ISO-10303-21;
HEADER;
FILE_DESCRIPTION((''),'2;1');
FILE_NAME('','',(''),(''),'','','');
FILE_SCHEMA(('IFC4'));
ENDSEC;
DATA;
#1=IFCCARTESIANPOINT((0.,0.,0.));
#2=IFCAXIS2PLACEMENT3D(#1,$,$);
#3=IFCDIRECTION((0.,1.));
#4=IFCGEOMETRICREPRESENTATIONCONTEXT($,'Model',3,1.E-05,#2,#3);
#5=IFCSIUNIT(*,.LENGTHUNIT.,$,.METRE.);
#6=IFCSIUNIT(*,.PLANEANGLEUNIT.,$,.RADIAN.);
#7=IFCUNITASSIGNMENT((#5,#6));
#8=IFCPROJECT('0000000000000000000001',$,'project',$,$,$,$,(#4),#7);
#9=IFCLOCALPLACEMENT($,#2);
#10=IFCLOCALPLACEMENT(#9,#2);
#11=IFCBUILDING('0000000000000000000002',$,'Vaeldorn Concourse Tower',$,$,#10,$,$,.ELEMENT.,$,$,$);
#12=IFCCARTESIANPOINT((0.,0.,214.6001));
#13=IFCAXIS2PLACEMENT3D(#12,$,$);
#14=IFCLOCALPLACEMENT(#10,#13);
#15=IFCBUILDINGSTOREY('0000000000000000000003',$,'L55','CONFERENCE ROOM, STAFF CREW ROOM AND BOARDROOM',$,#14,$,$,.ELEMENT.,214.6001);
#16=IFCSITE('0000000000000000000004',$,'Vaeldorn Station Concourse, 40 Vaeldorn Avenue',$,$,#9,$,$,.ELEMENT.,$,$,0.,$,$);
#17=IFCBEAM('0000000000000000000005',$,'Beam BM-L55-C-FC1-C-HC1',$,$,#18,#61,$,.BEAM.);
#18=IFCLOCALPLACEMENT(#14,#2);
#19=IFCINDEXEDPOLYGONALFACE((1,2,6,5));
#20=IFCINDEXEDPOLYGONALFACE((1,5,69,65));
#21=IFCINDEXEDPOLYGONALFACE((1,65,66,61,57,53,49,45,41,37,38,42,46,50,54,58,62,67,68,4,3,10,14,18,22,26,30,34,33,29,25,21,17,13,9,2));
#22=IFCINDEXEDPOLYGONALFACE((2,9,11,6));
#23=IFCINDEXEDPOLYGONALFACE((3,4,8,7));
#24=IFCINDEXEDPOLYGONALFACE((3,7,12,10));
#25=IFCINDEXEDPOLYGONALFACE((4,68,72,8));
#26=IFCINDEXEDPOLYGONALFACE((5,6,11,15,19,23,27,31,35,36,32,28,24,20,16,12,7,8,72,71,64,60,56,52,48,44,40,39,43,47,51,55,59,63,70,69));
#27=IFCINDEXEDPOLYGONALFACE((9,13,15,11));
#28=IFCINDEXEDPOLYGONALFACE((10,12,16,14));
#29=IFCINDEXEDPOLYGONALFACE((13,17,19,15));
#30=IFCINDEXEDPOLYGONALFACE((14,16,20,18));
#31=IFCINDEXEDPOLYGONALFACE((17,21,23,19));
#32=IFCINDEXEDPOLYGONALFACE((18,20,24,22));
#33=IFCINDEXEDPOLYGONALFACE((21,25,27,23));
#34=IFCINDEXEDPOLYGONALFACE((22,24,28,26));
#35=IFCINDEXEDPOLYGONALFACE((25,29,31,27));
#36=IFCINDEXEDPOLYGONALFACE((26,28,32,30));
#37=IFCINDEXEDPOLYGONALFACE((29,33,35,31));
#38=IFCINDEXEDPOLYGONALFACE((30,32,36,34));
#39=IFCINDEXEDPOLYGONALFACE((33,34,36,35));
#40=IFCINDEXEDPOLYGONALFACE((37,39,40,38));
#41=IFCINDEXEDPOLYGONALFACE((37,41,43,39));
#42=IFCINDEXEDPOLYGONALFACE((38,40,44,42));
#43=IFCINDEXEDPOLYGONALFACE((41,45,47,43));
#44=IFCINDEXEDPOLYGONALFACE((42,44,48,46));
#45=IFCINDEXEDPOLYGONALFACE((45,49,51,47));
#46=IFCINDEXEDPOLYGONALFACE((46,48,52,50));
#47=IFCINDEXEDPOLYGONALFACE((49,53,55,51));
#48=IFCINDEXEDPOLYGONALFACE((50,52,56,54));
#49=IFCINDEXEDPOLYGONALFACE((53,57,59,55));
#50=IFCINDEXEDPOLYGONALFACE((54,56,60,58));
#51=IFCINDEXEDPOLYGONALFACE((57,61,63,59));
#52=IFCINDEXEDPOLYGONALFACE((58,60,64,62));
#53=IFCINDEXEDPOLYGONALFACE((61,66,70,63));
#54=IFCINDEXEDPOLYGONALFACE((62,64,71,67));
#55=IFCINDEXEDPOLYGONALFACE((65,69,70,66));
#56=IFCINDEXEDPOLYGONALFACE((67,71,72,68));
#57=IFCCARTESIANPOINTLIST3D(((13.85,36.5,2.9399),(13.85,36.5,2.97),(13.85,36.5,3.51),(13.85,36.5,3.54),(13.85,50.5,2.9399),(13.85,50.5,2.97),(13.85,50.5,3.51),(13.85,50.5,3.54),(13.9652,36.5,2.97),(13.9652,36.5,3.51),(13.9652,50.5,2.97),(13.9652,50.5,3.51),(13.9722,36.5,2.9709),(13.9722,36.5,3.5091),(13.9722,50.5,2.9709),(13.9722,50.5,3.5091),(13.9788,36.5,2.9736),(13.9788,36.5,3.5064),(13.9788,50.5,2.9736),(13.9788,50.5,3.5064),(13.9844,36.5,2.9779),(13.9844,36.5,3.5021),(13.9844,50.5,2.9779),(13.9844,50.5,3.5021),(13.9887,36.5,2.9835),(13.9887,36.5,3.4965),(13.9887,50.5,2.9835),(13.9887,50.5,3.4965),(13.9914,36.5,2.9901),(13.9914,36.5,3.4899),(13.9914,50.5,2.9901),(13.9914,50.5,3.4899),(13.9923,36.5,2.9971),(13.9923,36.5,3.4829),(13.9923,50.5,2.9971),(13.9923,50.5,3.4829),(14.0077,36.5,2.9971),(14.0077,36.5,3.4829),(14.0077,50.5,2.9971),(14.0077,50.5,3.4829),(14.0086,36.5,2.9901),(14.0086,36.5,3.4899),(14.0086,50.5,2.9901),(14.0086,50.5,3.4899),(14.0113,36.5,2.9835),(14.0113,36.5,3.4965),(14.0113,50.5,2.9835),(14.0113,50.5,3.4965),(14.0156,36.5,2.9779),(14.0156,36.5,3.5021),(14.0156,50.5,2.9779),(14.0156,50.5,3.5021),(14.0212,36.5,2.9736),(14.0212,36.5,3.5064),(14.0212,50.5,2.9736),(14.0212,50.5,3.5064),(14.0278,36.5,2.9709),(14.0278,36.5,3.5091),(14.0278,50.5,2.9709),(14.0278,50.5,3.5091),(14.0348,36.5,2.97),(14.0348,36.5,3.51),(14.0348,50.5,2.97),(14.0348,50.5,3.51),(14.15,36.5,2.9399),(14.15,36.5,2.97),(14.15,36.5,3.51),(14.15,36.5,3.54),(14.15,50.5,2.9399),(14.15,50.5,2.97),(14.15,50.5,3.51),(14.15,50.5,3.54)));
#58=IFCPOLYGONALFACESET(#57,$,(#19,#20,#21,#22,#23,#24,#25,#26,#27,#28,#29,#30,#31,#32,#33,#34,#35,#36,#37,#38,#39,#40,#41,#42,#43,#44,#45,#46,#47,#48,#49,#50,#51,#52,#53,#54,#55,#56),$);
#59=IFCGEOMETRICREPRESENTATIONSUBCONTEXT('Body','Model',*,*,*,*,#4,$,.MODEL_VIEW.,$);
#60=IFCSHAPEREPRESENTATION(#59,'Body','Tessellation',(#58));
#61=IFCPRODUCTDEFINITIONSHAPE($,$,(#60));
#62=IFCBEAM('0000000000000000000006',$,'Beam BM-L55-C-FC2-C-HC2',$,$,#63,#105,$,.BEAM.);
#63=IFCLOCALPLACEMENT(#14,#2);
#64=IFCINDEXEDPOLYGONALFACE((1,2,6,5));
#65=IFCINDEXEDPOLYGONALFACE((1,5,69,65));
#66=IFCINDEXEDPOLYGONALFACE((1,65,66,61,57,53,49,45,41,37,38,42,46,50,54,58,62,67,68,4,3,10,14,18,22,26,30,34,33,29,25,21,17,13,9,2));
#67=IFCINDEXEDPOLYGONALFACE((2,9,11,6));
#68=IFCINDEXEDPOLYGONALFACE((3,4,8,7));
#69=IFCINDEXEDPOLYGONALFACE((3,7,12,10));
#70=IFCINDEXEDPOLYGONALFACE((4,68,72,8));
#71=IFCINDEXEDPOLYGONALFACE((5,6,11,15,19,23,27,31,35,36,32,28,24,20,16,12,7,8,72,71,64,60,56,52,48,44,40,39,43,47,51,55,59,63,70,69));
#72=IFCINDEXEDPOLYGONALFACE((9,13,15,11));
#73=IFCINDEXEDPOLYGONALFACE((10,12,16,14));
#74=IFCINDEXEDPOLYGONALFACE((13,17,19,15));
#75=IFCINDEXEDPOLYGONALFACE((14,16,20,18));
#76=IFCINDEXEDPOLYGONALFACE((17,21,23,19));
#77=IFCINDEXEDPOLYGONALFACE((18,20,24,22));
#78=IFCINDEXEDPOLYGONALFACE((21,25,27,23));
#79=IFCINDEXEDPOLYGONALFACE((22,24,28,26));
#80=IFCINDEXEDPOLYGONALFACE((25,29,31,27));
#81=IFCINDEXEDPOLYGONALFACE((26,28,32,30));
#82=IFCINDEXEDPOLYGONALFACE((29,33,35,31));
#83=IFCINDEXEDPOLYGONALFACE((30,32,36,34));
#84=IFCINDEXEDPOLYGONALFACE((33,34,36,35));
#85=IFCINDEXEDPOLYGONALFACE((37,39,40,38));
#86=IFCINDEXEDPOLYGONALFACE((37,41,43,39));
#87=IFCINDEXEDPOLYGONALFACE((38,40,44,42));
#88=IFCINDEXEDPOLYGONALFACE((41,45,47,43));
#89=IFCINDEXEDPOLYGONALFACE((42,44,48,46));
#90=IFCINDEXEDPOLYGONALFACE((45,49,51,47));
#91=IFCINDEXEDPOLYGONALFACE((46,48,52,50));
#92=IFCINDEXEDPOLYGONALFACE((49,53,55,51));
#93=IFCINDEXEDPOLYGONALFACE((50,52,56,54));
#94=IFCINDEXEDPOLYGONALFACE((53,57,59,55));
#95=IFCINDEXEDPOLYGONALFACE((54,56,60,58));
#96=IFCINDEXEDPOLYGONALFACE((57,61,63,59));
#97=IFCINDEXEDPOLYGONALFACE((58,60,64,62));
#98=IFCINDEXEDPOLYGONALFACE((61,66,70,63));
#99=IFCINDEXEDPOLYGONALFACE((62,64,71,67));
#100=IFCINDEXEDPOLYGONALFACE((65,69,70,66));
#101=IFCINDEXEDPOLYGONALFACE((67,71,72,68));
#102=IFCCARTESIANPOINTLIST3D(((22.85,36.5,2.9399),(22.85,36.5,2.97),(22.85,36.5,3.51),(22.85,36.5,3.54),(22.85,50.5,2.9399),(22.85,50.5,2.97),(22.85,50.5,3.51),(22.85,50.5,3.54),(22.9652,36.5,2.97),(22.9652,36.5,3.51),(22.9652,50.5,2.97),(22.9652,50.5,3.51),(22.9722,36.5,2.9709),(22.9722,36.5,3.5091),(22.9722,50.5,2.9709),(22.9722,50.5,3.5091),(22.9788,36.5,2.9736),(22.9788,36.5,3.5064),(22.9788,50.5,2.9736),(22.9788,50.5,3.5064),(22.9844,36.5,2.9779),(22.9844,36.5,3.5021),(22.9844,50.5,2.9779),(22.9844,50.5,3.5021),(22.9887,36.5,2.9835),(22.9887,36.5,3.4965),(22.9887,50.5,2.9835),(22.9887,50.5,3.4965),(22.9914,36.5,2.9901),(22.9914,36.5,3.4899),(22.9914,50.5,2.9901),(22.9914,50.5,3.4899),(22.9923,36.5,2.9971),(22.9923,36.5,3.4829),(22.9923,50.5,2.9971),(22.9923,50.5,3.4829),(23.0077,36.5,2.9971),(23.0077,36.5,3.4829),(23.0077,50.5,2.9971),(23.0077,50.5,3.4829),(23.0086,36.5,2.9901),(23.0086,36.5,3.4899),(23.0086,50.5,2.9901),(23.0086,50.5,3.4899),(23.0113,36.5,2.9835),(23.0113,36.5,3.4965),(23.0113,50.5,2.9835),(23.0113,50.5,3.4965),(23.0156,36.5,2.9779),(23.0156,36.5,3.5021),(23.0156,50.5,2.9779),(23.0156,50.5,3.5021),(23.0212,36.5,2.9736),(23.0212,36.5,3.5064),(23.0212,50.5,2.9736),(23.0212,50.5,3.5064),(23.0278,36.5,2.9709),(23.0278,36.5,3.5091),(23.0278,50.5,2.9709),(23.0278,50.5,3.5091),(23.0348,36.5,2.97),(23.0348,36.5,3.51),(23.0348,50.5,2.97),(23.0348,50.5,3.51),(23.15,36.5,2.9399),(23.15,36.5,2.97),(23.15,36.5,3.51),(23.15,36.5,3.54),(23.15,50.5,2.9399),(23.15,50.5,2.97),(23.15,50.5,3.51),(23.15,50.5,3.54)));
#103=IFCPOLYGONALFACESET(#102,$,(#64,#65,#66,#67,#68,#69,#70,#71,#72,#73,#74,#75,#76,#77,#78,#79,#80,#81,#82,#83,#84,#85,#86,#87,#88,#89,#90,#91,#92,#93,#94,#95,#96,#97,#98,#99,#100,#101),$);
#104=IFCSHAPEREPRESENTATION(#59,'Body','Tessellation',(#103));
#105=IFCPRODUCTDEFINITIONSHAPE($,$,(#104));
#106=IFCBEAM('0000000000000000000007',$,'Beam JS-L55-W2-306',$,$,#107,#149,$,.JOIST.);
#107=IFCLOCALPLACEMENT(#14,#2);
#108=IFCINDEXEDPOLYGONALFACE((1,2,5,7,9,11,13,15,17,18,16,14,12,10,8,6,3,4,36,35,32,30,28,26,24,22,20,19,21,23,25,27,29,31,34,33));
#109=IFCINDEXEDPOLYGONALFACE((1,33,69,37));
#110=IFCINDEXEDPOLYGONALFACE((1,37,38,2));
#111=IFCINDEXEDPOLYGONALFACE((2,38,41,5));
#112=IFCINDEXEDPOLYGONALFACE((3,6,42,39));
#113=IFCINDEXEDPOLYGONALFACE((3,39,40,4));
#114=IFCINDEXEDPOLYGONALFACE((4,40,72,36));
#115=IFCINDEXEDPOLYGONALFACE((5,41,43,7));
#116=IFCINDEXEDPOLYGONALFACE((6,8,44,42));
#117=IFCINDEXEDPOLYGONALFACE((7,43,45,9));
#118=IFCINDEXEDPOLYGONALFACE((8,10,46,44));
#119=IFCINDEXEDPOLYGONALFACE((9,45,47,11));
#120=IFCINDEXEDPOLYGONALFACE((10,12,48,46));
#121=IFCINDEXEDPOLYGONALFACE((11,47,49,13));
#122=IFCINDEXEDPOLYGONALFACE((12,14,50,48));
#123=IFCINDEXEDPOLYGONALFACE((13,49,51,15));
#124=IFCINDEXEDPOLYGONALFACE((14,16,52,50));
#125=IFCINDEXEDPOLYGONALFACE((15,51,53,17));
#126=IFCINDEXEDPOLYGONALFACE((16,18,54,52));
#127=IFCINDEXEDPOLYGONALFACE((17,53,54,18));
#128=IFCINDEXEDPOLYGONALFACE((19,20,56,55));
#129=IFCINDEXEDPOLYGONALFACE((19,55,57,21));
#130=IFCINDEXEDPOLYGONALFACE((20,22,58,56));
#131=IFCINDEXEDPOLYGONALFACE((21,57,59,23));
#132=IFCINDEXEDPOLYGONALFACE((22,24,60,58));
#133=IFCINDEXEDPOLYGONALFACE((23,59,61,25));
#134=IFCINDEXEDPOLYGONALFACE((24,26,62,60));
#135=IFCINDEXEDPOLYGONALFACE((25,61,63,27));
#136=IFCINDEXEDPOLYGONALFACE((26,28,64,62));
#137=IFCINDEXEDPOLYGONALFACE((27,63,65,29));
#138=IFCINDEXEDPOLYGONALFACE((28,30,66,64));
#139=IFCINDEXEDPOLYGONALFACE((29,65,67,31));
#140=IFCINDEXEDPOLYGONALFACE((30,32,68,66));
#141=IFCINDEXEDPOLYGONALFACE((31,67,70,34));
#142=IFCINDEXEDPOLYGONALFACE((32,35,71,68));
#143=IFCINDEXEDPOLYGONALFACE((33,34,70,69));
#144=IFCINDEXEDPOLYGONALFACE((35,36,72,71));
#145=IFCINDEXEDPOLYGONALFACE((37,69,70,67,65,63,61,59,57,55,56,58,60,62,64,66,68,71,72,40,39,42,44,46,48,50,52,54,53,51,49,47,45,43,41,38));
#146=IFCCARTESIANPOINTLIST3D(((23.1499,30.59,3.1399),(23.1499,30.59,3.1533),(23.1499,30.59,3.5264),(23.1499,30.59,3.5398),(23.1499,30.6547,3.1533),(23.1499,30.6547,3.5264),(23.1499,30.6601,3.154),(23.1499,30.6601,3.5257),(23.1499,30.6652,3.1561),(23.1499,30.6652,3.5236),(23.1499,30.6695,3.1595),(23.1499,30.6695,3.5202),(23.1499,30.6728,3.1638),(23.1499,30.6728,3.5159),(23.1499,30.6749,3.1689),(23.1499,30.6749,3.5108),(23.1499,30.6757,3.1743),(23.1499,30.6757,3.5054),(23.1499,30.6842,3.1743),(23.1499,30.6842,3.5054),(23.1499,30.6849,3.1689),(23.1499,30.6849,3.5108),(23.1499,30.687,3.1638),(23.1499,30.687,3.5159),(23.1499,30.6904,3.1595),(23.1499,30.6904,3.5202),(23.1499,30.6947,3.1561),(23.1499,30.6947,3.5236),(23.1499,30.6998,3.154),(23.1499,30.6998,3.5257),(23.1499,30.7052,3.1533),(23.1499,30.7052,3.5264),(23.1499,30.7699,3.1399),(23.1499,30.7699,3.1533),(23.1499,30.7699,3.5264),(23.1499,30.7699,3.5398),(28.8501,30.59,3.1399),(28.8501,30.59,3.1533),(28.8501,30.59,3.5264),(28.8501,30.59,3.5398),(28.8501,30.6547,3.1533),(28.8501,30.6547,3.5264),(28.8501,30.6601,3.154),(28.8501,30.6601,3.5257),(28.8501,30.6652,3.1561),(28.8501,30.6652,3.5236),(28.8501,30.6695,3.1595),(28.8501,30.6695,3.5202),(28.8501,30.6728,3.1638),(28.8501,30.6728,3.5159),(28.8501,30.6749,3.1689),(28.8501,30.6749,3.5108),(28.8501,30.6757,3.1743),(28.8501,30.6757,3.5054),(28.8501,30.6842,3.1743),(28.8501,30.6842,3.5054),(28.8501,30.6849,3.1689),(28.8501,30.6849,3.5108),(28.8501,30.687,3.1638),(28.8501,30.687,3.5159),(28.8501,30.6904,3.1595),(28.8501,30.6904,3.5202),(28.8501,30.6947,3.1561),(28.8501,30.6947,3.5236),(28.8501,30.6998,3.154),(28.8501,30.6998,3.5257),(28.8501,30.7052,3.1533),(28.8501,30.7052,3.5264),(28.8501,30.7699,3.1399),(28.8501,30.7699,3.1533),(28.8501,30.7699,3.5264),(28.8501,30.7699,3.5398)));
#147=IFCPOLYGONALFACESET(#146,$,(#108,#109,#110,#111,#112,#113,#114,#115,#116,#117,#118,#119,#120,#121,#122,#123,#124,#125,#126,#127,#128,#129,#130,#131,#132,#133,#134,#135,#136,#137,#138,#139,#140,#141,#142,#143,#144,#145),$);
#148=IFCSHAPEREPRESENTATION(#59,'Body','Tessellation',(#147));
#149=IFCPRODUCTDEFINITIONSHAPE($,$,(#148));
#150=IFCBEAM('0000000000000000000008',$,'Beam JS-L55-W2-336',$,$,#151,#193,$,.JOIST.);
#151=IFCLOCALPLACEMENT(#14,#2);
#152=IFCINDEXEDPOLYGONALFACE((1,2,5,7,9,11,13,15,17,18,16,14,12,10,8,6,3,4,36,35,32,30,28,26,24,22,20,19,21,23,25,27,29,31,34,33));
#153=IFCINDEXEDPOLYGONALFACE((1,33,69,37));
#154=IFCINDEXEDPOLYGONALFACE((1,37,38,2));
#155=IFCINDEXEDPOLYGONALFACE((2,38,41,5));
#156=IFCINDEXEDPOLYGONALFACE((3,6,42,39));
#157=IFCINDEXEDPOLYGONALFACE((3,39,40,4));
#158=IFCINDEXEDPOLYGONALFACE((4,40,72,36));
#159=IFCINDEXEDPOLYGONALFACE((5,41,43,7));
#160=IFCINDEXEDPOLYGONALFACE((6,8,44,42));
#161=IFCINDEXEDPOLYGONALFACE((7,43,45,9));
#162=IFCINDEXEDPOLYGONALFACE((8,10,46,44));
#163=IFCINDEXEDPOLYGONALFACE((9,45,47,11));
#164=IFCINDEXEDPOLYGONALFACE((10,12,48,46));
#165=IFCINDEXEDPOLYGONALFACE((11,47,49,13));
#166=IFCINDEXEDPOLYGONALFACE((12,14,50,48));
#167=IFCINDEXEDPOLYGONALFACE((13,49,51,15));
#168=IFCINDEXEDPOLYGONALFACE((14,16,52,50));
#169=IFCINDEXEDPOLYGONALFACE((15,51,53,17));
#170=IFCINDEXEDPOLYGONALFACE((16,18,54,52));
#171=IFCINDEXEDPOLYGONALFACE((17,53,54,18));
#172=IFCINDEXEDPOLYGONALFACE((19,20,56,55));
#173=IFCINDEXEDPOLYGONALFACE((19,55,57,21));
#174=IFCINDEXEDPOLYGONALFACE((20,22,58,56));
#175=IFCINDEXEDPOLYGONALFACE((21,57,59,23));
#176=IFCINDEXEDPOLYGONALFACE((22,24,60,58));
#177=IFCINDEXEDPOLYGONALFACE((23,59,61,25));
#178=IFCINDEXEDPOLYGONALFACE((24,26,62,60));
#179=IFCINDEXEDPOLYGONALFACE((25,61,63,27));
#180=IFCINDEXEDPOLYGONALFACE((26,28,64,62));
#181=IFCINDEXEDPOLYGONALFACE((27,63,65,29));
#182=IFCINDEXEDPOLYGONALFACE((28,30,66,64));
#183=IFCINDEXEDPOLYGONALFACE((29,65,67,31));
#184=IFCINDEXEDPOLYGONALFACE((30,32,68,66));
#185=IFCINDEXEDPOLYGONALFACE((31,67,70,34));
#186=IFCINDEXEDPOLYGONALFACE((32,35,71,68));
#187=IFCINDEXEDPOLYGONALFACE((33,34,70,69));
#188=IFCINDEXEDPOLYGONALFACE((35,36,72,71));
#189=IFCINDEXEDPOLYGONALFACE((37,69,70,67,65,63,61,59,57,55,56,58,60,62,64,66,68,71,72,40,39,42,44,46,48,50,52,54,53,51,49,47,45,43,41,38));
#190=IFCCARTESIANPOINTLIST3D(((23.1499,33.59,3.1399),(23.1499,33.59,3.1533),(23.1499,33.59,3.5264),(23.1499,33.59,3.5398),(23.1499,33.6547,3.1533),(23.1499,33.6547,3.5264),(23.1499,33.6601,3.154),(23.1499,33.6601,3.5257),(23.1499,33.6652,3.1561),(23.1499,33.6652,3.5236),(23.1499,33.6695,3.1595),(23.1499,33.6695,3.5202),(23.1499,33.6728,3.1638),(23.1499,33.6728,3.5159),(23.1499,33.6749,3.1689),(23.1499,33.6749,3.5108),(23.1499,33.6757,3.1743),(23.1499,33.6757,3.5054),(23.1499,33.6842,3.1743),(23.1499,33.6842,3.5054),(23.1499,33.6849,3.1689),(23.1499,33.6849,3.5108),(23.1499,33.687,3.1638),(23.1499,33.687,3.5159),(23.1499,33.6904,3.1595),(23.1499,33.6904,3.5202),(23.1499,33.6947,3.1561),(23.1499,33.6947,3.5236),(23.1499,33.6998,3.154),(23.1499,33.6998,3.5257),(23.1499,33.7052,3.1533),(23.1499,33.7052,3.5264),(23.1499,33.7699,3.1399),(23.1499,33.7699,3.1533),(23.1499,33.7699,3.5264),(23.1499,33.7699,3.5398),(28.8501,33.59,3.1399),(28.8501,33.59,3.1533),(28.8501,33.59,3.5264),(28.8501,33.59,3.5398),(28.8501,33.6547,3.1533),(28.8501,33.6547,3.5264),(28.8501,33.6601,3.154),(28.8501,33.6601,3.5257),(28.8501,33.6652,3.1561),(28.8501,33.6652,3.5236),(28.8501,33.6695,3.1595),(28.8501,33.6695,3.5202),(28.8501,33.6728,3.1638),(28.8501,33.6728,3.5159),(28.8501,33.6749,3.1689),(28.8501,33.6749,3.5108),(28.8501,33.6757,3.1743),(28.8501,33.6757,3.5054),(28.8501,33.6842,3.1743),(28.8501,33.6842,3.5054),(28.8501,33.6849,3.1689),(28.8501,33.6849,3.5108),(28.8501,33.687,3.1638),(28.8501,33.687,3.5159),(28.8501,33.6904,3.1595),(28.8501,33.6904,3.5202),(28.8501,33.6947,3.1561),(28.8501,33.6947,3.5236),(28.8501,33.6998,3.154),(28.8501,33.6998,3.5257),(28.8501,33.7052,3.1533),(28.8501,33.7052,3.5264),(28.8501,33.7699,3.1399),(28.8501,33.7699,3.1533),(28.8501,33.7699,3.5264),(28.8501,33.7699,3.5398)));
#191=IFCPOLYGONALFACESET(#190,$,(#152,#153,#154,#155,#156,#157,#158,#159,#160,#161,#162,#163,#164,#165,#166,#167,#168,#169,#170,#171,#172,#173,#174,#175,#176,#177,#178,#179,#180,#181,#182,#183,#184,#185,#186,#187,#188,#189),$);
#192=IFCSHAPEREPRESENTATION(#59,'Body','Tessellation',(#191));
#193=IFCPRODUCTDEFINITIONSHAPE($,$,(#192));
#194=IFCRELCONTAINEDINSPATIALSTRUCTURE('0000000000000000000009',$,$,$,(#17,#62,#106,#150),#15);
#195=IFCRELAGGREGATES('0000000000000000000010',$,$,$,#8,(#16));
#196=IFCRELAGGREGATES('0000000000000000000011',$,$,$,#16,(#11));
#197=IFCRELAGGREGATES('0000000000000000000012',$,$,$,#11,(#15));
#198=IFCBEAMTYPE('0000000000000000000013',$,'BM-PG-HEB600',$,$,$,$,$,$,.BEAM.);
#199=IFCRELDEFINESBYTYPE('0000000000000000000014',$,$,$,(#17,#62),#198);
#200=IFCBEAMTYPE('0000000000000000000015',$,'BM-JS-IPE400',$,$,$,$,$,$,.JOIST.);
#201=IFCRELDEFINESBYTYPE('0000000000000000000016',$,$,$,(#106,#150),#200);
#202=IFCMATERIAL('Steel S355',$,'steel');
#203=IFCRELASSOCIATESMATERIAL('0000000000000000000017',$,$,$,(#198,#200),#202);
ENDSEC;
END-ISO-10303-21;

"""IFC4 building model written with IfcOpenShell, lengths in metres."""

from ifc_helpers import new_model, si_unit, direction, frame, origin, origin_2d, place, context, subcontext, project, spatial, i_section, extrude, source, transform, mapped, material, material_profile, profile_set, type_object, element, save


model = new_model("IFC4")

# Units and contexts
model_context = context("Model", 3, precision=1e-05, world=origin(), true_north=direction((0.0, 1.0)))
body_context = subcontext(model_context, "Body", "Model", "MODEL_VIEW")
ifc_project = project(units=[si_unit("LENGTHUNIT", "METRE"), si_unit("PLANEANGLEUNIT", "RADIAN")], contexts=[model_context])

# Site, building, storey
site_placement = place(None, origin())
site = spatial("IfcSite", under=ifc_project, at=site_placement, Name="Vaeldorn Station Concourse, 40 Vaeldorn Avenue", CompositionType="ELEMENT", RefElevation=0.0)
building_placement = place(site_placement, origin())
building = spatial("IfcBuilding", under=site, at=building_placement, Name="Vaeldorn Concourse Tower", CompositionType="ELEMENT")
storey_placement = place(building_placement, frame((0.0, 0.0, 214.6001)))
storey = spatial("IfcBuildingStorey", under=building, at=storey_placement, Name="L55", Description="CONFERENCE ROOM, STAFF CREW ROOM AND BOARDROOM", CompositionType="ELEMENT", Elevation=214.6001)

# Shared definitions
ifc_material_1 = material(Name="Steel S355", Category="steel")

# Beams
ifc_material_profile_1 = material_profile(ifc_material_1, i_section(OverallWidth=0.3, OverallDepth=0.6001, WebThickness=0.0154, FlangeThickness=0.03, FilletRadius=0.0271, at=origin_2d()), Name="HEB 600")
ifc_profile_set_1 = profile_set([ifc_material_profile_1], Name="Steel S355")
beam_type_1 = type_object("IfcBeamType", Name="BM-PG-HEB600", PredefinedType="BEAM", material=ifc_profile_set_1)
shared_shape_1 = source(origin(), body_context, "Body", "SweptSolid", [
    extrude(i_section(OverallWidth=0.3, OverallDepth=0.6001, WebThickness=0.0154, FlangeThickness=0.03, FilletRadius=0.0271, at=origin_2d()), origin(), (0.0, 0.0, 1.0), 14.0),
])
for number, where, z_axis, x_axis, name in (
    (1, (14.0, 36.5, 3.24), (0.0, 1.0, 0.0), (-1.0, 0.0, 0.0), "Beam BM-L55-C-FC1-C-HC1"),
    (2, (23.0, 36.5, 3.24), (0.0, 1.0, 0.0), (-1.0, 0.0, 0.0), "Beam BM-L55-C-FC2-C-HC2"),
):
    element("IfcBeam", number, at=place(storey_placement, frame(where, z_axis=z_axis, x_axis=x_axis)), inside=storey, type_object=beam_type_1, Name=name, PredefinedType="BEAM", context=body_context, shape_type="MappedRepresentation", body=[
        mapped(shared_shape_1, transform((0.0, 0.0, 0.0), scale=1.0)),
    ])
ifc_material_profile_2 = material_profile(ifc_material_1, i_section(OverallWidth=0.1799, OverallDepth=0.3999, WebThickness=0.0085, FlangeThickness=0.0134, FilletRadius=0.021, at=origin_2d()), Name="IPE 400")
ifc_profile_set_2 = profile_set([ifc_material_profile_2], Name="Steel S355")
beam_type_2 = type_object("IfcBeamType", Name="BM-JS-IPE400", PredefinedType="JOIST", material=ifc_profile_set_2)
shared_shape_2 = source(origin(), body_context, "Body", "SweptSolid", [
    extrude(i_section(OverallWidth=0.1799, OverallDepth=0.3999, WebThickness=0.0085, FlangeThickness=0.0134, FilletRadius=0.021, at=origin_2d()), origin(), (0.0, 0.0, 1.0), 5.7002),
])
for number, where, z_axis, x_axis, name in (
    (3, (23.1499, 30.6799, 3.3398), (1.0, 0.0, 0.0), (0.0, 1.0, 0.0), "Beam JS-L55-W2-306"),
    (4, (23.1499, 33.6799, 3.3398), (1.0, 0.0, 0.0), (0.0, 1.0, 0.0), "Beam JS-L55-W2-336"),
):
    element("IfcBeam", number, at=place(storey_placement, frame(where, z_axis=z_axis, x_axis=x_axis)), inside=storey, type_object=beam_type_2, Name=name, PredefinedType="JOIST", context=body_context, shape_type="MappedRepresentation", body=[
        mapped(shared_shape_2, transform((0.0, 0.0, 0.0), scale=1.0)),
    ])

save(model, "model.ifc")
